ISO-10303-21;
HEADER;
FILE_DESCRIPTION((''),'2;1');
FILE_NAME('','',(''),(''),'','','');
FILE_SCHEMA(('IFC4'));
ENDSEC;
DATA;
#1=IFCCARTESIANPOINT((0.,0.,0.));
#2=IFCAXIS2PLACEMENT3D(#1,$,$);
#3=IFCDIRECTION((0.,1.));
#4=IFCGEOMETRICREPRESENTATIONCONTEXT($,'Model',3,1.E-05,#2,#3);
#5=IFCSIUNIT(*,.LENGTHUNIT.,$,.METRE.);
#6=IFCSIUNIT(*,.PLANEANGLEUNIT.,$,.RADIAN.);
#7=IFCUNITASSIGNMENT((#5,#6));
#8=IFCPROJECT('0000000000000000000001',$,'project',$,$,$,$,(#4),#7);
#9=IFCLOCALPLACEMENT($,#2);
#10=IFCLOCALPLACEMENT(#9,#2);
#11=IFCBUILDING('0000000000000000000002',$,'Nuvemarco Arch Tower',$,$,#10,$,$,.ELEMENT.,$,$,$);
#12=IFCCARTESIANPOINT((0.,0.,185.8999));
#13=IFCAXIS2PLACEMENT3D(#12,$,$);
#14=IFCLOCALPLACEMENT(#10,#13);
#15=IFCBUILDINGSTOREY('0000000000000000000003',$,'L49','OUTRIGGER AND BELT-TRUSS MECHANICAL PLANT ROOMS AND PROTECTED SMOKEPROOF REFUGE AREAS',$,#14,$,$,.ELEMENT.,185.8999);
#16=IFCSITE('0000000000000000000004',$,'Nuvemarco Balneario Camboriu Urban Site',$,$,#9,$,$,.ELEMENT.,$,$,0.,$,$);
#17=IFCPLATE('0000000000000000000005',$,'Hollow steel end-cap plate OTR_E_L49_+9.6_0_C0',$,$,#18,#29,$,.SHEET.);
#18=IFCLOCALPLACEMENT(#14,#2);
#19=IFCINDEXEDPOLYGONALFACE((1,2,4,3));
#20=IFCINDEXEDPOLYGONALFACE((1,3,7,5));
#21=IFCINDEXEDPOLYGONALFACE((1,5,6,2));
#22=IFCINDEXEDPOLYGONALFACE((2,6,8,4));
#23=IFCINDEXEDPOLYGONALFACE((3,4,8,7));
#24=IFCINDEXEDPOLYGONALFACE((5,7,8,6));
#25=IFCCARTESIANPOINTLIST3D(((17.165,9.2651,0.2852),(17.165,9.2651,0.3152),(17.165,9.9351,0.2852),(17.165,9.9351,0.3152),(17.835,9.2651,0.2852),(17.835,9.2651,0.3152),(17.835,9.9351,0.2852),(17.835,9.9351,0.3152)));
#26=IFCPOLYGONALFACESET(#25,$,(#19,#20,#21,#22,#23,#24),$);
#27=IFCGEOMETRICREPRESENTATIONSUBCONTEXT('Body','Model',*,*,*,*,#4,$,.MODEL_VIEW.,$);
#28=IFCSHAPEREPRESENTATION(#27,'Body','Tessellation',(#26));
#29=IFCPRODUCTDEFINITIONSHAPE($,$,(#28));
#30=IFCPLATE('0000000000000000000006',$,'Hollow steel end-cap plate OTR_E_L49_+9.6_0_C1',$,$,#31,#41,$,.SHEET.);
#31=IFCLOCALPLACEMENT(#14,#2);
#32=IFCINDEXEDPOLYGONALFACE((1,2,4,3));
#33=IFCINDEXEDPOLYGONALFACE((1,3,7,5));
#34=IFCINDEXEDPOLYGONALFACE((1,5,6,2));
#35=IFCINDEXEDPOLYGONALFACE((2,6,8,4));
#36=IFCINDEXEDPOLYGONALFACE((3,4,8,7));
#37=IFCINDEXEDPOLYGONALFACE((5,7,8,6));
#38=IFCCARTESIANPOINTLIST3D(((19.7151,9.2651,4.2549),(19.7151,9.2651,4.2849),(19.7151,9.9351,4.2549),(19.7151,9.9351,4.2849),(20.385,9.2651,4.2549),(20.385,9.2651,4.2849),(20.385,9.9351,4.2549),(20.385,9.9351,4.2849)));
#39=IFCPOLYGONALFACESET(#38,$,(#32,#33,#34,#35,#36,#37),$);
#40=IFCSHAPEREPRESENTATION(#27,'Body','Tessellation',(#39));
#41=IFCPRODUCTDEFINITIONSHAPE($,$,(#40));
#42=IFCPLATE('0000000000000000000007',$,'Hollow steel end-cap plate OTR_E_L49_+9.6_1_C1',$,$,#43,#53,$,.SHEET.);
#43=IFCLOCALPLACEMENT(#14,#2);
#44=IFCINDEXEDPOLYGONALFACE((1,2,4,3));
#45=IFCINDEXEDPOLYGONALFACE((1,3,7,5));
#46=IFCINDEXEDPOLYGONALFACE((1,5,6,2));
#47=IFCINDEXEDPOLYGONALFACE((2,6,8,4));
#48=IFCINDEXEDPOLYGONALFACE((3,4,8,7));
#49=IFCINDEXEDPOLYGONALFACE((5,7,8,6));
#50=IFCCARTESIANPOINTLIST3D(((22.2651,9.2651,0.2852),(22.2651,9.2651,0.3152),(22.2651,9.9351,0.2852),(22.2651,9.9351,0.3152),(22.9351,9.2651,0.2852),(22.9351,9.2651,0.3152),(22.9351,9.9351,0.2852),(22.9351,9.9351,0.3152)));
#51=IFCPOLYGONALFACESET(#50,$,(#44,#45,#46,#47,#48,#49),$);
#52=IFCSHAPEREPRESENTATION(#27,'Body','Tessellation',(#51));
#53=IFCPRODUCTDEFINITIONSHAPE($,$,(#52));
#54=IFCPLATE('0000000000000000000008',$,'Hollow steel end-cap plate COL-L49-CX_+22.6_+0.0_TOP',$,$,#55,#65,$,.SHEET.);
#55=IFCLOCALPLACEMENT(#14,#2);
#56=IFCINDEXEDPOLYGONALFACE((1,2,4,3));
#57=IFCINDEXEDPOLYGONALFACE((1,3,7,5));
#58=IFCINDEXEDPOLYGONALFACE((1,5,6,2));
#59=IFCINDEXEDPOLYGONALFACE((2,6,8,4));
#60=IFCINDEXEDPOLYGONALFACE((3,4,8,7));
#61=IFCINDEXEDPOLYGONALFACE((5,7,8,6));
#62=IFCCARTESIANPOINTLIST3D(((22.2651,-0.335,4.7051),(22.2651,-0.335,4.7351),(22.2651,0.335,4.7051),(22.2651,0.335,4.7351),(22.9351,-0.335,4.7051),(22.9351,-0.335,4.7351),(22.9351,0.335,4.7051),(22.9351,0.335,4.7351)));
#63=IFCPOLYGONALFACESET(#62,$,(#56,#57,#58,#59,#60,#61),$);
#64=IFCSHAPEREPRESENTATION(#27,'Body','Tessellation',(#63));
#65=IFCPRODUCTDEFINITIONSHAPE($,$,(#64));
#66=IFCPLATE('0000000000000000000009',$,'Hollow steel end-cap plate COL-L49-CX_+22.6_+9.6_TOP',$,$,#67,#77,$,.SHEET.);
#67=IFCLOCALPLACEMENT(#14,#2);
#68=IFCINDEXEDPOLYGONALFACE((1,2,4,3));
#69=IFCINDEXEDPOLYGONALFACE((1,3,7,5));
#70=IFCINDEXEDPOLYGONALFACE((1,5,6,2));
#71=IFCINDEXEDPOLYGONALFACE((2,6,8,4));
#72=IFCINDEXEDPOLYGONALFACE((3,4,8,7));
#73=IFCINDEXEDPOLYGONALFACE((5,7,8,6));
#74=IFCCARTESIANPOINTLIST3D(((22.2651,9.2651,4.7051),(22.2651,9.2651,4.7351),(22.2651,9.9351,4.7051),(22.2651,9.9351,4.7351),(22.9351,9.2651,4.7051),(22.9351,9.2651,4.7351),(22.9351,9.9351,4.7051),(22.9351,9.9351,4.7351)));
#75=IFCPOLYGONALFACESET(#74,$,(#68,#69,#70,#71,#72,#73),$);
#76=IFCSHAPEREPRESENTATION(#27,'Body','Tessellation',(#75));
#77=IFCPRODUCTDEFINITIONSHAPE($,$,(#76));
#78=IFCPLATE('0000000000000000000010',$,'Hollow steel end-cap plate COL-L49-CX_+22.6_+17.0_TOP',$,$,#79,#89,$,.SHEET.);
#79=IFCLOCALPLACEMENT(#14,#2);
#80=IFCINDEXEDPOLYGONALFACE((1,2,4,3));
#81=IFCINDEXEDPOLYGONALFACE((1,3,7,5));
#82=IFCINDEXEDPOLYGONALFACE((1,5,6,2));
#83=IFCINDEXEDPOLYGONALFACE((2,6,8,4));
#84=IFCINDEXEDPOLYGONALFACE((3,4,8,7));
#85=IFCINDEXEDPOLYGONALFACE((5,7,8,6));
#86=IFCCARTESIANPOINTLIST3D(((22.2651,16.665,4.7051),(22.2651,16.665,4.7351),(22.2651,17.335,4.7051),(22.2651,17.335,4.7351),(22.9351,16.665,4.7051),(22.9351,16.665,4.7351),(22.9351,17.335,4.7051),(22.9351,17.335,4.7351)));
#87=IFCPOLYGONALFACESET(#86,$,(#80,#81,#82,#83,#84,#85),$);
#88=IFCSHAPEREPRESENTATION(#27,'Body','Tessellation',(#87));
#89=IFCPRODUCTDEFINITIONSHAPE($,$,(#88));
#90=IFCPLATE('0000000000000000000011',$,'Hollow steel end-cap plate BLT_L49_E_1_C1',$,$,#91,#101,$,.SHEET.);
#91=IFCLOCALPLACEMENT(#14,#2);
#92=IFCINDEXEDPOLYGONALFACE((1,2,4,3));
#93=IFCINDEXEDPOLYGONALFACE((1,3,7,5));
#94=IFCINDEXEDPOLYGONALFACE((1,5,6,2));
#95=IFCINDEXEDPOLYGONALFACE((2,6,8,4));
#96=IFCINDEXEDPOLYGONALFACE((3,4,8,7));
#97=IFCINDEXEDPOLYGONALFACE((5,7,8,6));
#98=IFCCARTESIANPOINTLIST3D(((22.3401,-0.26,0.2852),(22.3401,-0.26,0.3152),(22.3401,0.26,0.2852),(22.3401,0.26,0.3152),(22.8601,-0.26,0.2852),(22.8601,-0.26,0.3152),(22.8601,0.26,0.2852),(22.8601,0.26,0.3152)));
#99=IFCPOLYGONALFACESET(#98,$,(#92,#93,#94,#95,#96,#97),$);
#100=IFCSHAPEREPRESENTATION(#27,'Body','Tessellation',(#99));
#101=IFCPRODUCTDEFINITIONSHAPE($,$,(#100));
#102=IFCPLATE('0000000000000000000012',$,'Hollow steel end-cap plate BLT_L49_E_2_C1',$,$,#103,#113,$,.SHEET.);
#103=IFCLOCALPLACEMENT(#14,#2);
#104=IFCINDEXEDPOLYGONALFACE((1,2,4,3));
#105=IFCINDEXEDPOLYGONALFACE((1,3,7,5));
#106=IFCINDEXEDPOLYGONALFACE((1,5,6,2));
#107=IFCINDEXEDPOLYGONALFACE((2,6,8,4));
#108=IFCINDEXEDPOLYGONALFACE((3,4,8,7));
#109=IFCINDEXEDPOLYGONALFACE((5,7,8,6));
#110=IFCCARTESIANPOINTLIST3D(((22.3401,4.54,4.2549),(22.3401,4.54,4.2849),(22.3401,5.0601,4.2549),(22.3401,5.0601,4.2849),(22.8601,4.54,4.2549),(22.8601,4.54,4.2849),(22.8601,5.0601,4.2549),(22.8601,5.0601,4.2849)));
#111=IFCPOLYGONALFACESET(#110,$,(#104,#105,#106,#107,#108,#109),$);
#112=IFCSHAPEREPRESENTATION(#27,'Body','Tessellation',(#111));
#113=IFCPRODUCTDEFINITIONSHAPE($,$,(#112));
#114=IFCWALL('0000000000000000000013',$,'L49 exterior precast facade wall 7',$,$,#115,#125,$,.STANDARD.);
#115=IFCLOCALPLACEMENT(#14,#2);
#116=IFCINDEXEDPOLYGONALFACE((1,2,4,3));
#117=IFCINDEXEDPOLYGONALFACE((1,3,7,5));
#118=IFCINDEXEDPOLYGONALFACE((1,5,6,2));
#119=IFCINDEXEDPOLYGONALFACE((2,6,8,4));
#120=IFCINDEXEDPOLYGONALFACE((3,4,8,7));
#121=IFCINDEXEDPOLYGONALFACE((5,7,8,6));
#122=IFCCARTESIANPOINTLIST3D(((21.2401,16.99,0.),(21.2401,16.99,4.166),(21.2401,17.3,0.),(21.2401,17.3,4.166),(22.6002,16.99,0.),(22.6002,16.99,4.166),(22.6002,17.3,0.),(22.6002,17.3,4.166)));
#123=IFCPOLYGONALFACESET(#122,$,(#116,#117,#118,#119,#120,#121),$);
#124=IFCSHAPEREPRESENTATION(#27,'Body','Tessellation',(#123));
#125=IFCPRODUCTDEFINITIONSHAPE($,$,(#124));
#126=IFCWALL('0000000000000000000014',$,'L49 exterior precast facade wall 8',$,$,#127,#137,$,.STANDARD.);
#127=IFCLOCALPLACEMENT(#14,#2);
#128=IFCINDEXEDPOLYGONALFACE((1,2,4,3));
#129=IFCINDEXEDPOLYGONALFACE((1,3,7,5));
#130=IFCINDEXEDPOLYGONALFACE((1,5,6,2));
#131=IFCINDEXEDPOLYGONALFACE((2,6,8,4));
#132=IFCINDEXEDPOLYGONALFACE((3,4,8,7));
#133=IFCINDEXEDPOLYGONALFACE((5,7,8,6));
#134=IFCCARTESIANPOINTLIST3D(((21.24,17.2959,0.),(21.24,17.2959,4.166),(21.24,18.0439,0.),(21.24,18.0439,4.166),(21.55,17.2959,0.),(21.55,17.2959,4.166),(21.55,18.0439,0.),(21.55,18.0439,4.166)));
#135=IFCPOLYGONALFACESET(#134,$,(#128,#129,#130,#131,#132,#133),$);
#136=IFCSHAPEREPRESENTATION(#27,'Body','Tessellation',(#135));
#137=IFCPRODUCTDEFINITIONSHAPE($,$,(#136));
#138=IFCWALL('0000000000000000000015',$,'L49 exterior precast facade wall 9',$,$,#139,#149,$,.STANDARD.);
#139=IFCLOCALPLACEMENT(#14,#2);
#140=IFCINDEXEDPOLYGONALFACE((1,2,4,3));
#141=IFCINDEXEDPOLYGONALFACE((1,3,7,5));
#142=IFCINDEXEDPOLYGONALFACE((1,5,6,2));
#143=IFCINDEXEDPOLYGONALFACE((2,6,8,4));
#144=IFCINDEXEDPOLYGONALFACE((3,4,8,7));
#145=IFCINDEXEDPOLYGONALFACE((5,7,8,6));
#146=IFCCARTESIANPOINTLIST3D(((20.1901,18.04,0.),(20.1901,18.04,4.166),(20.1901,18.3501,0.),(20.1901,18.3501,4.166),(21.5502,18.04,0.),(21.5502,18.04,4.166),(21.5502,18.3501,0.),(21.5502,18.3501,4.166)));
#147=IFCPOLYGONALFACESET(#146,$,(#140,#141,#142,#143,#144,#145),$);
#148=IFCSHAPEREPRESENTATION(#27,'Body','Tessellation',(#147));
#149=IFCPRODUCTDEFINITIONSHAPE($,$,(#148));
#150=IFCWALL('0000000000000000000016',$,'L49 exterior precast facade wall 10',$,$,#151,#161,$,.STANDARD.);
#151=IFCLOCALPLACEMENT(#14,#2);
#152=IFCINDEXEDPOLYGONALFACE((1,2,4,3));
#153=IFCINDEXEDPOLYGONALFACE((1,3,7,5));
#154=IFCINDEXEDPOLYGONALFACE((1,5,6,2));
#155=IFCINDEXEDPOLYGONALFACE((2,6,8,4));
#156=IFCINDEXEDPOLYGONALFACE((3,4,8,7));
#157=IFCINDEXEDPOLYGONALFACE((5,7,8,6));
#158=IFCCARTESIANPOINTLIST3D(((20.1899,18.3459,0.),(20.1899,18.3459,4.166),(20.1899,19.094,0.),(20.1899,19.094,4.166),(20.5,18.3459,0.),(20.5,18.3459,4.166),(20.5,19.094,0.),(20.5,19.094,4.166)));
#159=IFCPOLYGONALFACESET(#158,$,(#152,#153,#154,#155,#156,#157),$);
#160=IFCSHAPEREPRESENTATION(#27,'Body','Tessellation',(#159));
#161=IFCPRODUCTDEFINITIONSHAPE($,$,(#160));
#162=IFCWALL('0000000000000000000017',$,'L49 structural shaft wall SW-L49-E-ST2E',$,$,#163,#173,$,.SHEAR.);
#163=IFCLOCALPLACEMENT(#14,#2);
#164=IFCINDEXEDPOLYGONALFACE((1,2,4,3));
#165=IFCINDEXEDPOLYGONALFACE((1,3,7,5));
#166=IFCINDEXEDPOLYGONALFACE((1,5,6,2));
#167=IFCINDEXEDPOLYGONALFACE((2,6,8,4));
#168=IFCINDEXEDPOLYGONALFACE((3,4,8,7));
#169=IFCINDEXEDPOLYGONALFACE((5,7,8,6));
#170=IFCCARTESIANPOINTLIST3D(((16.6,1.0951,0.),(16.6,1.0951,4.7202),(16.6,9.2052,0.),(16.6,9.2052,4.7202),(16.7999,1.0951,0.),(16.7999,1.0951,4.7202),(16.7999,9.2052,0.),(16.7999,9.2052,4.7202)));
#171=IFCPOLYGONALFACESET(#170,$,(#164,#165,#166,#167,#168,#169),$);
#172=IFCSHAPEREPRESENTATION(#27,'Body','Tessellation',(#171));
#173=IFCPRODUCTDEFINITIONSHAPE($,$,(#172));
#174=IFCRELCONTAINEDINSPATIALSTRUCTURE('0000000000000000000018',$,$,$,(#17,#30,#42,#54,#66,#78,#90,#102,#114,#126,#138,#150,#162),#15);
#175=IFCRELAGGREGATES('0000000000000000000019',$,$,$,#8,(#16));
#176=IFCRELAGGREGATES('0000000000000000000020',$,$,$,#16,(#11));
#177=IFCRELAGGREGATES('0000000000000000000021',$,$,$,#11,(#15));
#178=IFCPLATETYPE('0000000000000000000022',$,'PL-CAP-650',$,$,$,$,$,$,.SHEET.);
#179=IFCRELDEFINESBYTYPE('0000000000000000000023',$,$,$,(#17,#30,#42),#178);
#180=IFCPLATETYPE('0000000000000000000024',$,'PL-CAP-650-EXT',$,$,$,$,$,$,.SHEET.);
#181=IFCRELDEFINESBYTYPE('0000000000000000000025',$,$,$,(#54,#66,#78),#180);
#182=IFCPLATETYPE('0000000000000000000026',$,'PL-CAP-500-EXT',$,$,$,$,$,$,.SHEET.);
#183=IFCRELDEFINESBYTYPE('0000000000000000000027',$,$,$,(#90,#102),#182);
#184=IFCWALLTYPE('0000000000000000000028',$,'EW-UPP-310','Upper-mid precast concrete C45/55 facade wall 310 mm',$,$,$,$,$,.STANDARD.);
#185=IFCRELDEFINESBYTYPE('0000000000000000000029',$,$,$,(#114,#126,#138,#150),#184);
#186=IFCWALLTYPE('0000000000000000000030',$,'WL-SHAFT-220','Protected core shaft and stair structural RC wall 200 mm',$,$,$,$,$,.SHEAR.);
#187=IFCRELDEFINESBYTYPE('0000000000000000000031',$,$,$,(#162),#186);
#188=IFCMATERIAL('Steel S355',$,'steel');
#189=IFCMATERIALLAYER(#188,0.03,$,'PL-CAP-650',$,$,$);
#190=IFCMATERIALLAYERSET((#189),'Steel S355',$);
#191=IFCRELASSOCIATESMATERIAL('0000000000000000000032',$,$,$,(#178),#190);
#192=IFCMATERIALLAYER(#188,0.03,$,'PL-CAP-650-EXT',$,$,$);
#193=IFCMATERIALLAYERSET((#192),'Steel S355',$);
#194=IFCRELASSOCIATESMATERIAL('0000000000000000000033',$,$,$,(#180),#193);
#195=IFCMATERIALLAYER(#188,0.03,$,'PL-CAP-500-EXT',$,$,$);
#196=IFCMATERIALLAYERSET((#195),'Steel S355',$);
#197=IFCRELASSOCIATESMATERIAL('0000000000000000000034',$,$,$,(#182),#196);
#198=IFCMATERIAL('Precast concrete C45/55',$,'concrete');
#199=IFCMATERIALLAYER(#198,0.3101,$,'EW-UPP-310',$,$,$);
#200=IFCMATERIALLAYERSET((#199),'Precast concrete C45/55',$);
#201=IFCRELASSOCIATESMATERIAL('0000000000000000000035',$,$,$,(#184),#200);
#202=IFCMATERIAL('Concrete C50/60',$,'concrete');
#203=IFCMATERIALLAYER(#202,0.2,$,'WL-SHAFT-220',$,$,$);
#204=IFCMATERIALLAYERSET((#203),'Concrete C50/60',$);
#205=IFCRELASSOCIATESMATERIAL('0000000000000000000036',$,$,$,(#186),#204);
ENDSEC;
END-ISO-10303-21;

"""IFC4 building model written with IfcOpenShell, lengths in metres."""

from ifc_helpers import new_model, si_unit, direction, frame, frame_2d, origin, origin_2d, place, context, subcontext, project, spatial, rectangle, extrude, source, transform, mapped, material, layer, layer_set, type_object, type_shapes, element, save


model = new_model("IFC4")

# Units and contexts
model_context = context("Model", 3, precision=1e-05, world=origin(), true_north=direction((0.0, 1.0)))
body_context = subcontext(model_context, "Body", "Model", "MODEL_VIEW")
ifc_project = project(units=[si_unit("LENGTHUNIT", "METRE"), si_unit("PLANEANGLEUNIT", "RADIAN")], contexts=[model_context])

# Site, building, storey
site_placement = place(None, origin())
site = spatial("IfcSite", under=ifc_project, at=site_placement, Name="Nuvemarco Balneario Camboriu Urban Site", CompositionType="ELEMENT", RefElevation=0.0)
building_placement = place(site_placement, origin())
building = spatial("IfcBuilding", under=site, at=building_placement, Name="Nuvemarco Arch Tower", CompositionType="ELEMENT")
storey_placement = place(building_placement, frame((0.0, 0.0, 185.8999)))
storey = spatial("IfcBuildingStorey", under=building, at=storey_placement, Name="L49", Description="OUTRIGGER AND BELT-TRUSS MECHANICAL PLANT ROOMS AND PROTECTED SMOKEPROOF REFUGE AREAS", CompositionType="ELEMENT", Elevation=185.8999)

# Shared definitions
ifc_material_1 = material(Name="Concrete C50/60", Category="concrete")
ifc_material_2 = material(Name="Steel S355", Category="steel")

# Shared definitions
ifc_material_3 = material(Name="Precast concrete C45/55", Category="concrete")

# Plates
ifc_layer_1 = layer(ifc_material_2, 0.03, Name="PL-CAP-650")
ifc_layer_set_1 = layer_set([ifc_layer_1], Name="Steel S355")
plate_type_1 = type_object("IfcPlateType", Name="PL-CAP-650", PredefinedType="SHEET", material=ifc_layer_set_1)
shared_shape_1 = source(origin(), body_context, "Body", "SweptSolid", [
    extrude(rectangle(XDim=0.6699, YDim=0.6699, at=origin_2d()), origin(), (0.0, 0.0, 1.0), 0.03),
])
type_shapes(plate_type_1, [shared_shape_1])
for number, where, z_axis, x_axis, name in (
    (1, (17.5, 9.6001, 0.2852), (0.0, 0.0, 1.0), (1.0, 0.0, 0.0), "Hollow steel end-cap plate OTR_E_L49_+9.6_0_C0"),
    (2, (20.05, 9.6001, 4.2549), (0.0, 0.0, 1.0), (1.0, 0.0, 0.0), "Hollow steel end-cap plate OTR_E_L49_+9.6_0_C1"),
    (3, (22.6001, 9.6001, 0.2852), (0.0, 0.0, 1.0), (1.0, 0.0, 0.0), "Hollow steel end-cap plate OTR_E_L49_+9.6_1_C1"),
):
    element("IfcPlate", number, at=place(storey_placement, frame(where, z_axis=z_axis, x_axis=x_axis)), inside=storey, type_object=plate_type_1, Name=name, PredefinedType="SHEET", context=body_context, shape_type="MappedRepresentation", body=[
        mapped(shared_shape_1, transform((0.0, 0.0, 0.0), scale=1.0)),
    ])
ifc_layer_2 = layer(ifc_material_2, 0.03, Name="PL-CAP-650-EXT")
ifc_layer_set_2 = layer_set([ifc_layer_2], Name="Steel S355")
plate_type_2 = type_object("IfcPlateType", Name="PL-CAP-650-EXT", PredefinedType="SHEET", material=ifc_layer_set_2)
shared_shape_2 = source(origin(), body_context, "Body", "SweptSolid", [
    extrude(rectangle(XDim=0.6699, YDim=0.6699, at=origin_2d()), origin(), (0.0, 0.0, 1.0), 0.03),
])
type_shapes(plate_type_2, [shared_shape_2])
for number, where, z_axis, x_axis, name in (
    (4, (22.6001, 0.0, 4.7051), (0.0, 0.0, 1.0), (1.0, 0.0, 0.0), "Hollow steel end-cap plate COL-L49-CX_+22.6_+0.0_TOP"),
    (5, (22.6001, 9.6001, 4.7051), (0.0, 0.0, 1.0), (1.0, 0.0, 0.0), "Hollow steel end-cap plate COL-L49-CX_+22.6_+9.6_TOP"),
    (6, (22.6001, 17.0, 4.7051), (0.0, 0.0, 1.0), (1.0, 0.0, 0.0), "Hollow steel end-cap plate COL-L49-CX_+22.6_+17.0_TOP"),
):
    element("IfcPlate", number, at=place(storey_placement, frame(where, z_axis=z_axis, x_axis=x_axis)), inside=storey, type_object=plate_type_2, Name=name, PredefinedType="SHEET", context=body_context, shape_type="MappedRepresentation", body=[
        mapped(shared_shape_2, transform((0.0, 0.0, 0.0), scale=1.0)),
    ])
ifc_layer_3 = layer(ifc_material_2, 0.03, Name="PL-CAP-500-EXT")
ifc_layer_set_3 = layer_set([ifc_layer_3], Name="Steel S355")
plate_type_3 = type_object("IfcPlateType", Name="PL-CAP-500-EXT", PredefinedType="SHEET", material=ifc_layer_set_3)
shared_shape_3 = source(origin(), body_context, "Body", "SweptSolid", [
    extrude(rectangle(XDim=0.52, YDim=0.52, at=origin_2d()), origin(), (0.0, 0.0, 1.0), 0.03),
])
type_shapes(plate_type_3, [shared_shape_3])
for number, where, z_axis, x_axis, name in (
    (7, (22.6001, 0.0, 0.2852), (0.0, 0.0, 1.0), (1.0, 0.0, 0.0), "Hollow steel end-cap plate BLT_L49_E_1_C1"),
    (8, (22.6001, 4.8, 4.2549), (0.0, 0.0, 1.0), (1.0, 0.0, 0.0), "Hollow steel end-cap plate BLT_L49_E_2_C1"),
):
    element("IfcPlate", number, at=place(storey_placement, frame(where, z_axis=z_axis, x_axis=x_axis)), inside=storey, type_object=plate_type_3, Name=name, PredefinedType="SHEET", context=body_context, shape_type="MappedRepresentation", body=[
        mapped(shared_shape_3, transform((0.0, 0.0, 0.0), scale=1.0)),
    ])

# Walls
ifc_layer_4 = layer(ifc_material_3, 0.3101, Name="EW-UPP-310")
ifc_layer_set_4 = layer_set([ifc_layer_4], Name="Precast concrete C45/55")
wall_type_1 = type_object("IfcWallType", Name="EW-UPP-310", Description="Upper-mid precast concrete C45/55 facade wall 310 mm", PredefinedType="STANDARD", material=ifc_layer_set_4)
wall_1_placement = place(storey_placement, frame((21.24, 17.145, 0.0), z_axis=(0.0, 0.0, 1.0), x_axis=(1.0, 0.0, 0.0)))
element("IfcWall", 9, at=wall_1_placement, inside=storey, type_object=wall_type_1, Name="L49 exterior precast facade wall 7", PredefinedType="STANDARD", context=body_context, shape_type="SweptSolid", body=[
    extrude(rectangle(XDim=1.3601, YDim=0.3101, at=frame_2d((0.6802, 0.0))), origin(), (0.0, 0.0, 1.0), 4.166),
])
wall_2_placement = place(storey_placement, frame((21.395, 17.2959, 0.0), z_axis=(0.0, 0.0, 1.0), x_axis=(0.0, 1.0, 0.0)))
element("IfcWall", 10, at=wall_2_placement, inside=storey, type_object=wall_type_1, Name="L49 exterior precast facade wall 8", PredefinedType="STANDARD", context=body_context, shape_type="SweptSolid", body=[
    extrude(rectangle(XDim=0.748, YDim=0.3101, at=frame_2d((0.374, 0.0))), origin(), (0.0, 0.0, 1.0), 4.166),
])
wall_3_placement = place(storey_placement, frame((20.1899, 18.1951, 0.0), z_axis=(0.0, 0.0, 1.0), x_axis=(1.0, 0.0, 0.0)))
element("IfcWall", 11, at=wall_3_placement, inside=storey, type_object=wall_type_1, Name="L49 exterior precast facade wall 9", PredefinedType="STANDARD", context=body_context, shape_type="SweptSolid", body=[
    extrude(rectangle(XDim=1.3601, YDim=0.3101, at=frame_2d((0.6802, 0.0))), origin(), (0.0, 0.0, 1.0), 4.166),
])
wall_4_placement = place(storey_placement, frame((20.345, 18.3459, 0.0), z_axis=(0.0, 0.0, 1.0), x_axis=(0.0, 1.0, 0.0)))
element("IfcWall", 12, at=wall_4_placement, inside=storey, type_object=wall_type_1, Name="L49 exterior precast facade wall 10", PredefinedType="STANDARD", context=body_context, shape_type="SweptSolid", body=[
    extrude(rectangle(XDim=0.748, YDim=0.3101, at=frame_2d((0.374, 0.0))), origin(), (0.0, 0.0, 1.0), 4.166),
])
ifc_layer_5 = layer(ifc_material_1, 0.2, Name="WL-SHAFT-220")
ifc_layer_set_5 = layer_set([ifc_layer_5], Name="Concrete C50/60")
wall_type_2 = type_object("IfcWallType", Name="WL-SHAFT-220", Description="Protected core shaft and stair structural RC wall 200 mm", PredefinedType="SHEAR", material=ifc_layer_set_5)
wall_5_placement = place(storey_placement, frame((16.7, 1.095, 0.0), z_axis=(0.0, 0.0, 1.0), x_axis=(0.0, 1.0, 0.0)))
element("IfcWall", 13, at=wall_5_placement, inside=storey, type_object=wall_type_2, Name="L49 structural shaft wall SW-L49-E-ST2E", PredefinedType="SHEAR", context=body_context, shape_type="SweptSolid", body=[
    extrude(rectangle(XDim=8.1101, YDim=0.2, at=frame_2d((4.0552, 0.0))), origin(), (0.0, 0.0, 1.0), 4.7202),
])

save(model, "model.ifc")
